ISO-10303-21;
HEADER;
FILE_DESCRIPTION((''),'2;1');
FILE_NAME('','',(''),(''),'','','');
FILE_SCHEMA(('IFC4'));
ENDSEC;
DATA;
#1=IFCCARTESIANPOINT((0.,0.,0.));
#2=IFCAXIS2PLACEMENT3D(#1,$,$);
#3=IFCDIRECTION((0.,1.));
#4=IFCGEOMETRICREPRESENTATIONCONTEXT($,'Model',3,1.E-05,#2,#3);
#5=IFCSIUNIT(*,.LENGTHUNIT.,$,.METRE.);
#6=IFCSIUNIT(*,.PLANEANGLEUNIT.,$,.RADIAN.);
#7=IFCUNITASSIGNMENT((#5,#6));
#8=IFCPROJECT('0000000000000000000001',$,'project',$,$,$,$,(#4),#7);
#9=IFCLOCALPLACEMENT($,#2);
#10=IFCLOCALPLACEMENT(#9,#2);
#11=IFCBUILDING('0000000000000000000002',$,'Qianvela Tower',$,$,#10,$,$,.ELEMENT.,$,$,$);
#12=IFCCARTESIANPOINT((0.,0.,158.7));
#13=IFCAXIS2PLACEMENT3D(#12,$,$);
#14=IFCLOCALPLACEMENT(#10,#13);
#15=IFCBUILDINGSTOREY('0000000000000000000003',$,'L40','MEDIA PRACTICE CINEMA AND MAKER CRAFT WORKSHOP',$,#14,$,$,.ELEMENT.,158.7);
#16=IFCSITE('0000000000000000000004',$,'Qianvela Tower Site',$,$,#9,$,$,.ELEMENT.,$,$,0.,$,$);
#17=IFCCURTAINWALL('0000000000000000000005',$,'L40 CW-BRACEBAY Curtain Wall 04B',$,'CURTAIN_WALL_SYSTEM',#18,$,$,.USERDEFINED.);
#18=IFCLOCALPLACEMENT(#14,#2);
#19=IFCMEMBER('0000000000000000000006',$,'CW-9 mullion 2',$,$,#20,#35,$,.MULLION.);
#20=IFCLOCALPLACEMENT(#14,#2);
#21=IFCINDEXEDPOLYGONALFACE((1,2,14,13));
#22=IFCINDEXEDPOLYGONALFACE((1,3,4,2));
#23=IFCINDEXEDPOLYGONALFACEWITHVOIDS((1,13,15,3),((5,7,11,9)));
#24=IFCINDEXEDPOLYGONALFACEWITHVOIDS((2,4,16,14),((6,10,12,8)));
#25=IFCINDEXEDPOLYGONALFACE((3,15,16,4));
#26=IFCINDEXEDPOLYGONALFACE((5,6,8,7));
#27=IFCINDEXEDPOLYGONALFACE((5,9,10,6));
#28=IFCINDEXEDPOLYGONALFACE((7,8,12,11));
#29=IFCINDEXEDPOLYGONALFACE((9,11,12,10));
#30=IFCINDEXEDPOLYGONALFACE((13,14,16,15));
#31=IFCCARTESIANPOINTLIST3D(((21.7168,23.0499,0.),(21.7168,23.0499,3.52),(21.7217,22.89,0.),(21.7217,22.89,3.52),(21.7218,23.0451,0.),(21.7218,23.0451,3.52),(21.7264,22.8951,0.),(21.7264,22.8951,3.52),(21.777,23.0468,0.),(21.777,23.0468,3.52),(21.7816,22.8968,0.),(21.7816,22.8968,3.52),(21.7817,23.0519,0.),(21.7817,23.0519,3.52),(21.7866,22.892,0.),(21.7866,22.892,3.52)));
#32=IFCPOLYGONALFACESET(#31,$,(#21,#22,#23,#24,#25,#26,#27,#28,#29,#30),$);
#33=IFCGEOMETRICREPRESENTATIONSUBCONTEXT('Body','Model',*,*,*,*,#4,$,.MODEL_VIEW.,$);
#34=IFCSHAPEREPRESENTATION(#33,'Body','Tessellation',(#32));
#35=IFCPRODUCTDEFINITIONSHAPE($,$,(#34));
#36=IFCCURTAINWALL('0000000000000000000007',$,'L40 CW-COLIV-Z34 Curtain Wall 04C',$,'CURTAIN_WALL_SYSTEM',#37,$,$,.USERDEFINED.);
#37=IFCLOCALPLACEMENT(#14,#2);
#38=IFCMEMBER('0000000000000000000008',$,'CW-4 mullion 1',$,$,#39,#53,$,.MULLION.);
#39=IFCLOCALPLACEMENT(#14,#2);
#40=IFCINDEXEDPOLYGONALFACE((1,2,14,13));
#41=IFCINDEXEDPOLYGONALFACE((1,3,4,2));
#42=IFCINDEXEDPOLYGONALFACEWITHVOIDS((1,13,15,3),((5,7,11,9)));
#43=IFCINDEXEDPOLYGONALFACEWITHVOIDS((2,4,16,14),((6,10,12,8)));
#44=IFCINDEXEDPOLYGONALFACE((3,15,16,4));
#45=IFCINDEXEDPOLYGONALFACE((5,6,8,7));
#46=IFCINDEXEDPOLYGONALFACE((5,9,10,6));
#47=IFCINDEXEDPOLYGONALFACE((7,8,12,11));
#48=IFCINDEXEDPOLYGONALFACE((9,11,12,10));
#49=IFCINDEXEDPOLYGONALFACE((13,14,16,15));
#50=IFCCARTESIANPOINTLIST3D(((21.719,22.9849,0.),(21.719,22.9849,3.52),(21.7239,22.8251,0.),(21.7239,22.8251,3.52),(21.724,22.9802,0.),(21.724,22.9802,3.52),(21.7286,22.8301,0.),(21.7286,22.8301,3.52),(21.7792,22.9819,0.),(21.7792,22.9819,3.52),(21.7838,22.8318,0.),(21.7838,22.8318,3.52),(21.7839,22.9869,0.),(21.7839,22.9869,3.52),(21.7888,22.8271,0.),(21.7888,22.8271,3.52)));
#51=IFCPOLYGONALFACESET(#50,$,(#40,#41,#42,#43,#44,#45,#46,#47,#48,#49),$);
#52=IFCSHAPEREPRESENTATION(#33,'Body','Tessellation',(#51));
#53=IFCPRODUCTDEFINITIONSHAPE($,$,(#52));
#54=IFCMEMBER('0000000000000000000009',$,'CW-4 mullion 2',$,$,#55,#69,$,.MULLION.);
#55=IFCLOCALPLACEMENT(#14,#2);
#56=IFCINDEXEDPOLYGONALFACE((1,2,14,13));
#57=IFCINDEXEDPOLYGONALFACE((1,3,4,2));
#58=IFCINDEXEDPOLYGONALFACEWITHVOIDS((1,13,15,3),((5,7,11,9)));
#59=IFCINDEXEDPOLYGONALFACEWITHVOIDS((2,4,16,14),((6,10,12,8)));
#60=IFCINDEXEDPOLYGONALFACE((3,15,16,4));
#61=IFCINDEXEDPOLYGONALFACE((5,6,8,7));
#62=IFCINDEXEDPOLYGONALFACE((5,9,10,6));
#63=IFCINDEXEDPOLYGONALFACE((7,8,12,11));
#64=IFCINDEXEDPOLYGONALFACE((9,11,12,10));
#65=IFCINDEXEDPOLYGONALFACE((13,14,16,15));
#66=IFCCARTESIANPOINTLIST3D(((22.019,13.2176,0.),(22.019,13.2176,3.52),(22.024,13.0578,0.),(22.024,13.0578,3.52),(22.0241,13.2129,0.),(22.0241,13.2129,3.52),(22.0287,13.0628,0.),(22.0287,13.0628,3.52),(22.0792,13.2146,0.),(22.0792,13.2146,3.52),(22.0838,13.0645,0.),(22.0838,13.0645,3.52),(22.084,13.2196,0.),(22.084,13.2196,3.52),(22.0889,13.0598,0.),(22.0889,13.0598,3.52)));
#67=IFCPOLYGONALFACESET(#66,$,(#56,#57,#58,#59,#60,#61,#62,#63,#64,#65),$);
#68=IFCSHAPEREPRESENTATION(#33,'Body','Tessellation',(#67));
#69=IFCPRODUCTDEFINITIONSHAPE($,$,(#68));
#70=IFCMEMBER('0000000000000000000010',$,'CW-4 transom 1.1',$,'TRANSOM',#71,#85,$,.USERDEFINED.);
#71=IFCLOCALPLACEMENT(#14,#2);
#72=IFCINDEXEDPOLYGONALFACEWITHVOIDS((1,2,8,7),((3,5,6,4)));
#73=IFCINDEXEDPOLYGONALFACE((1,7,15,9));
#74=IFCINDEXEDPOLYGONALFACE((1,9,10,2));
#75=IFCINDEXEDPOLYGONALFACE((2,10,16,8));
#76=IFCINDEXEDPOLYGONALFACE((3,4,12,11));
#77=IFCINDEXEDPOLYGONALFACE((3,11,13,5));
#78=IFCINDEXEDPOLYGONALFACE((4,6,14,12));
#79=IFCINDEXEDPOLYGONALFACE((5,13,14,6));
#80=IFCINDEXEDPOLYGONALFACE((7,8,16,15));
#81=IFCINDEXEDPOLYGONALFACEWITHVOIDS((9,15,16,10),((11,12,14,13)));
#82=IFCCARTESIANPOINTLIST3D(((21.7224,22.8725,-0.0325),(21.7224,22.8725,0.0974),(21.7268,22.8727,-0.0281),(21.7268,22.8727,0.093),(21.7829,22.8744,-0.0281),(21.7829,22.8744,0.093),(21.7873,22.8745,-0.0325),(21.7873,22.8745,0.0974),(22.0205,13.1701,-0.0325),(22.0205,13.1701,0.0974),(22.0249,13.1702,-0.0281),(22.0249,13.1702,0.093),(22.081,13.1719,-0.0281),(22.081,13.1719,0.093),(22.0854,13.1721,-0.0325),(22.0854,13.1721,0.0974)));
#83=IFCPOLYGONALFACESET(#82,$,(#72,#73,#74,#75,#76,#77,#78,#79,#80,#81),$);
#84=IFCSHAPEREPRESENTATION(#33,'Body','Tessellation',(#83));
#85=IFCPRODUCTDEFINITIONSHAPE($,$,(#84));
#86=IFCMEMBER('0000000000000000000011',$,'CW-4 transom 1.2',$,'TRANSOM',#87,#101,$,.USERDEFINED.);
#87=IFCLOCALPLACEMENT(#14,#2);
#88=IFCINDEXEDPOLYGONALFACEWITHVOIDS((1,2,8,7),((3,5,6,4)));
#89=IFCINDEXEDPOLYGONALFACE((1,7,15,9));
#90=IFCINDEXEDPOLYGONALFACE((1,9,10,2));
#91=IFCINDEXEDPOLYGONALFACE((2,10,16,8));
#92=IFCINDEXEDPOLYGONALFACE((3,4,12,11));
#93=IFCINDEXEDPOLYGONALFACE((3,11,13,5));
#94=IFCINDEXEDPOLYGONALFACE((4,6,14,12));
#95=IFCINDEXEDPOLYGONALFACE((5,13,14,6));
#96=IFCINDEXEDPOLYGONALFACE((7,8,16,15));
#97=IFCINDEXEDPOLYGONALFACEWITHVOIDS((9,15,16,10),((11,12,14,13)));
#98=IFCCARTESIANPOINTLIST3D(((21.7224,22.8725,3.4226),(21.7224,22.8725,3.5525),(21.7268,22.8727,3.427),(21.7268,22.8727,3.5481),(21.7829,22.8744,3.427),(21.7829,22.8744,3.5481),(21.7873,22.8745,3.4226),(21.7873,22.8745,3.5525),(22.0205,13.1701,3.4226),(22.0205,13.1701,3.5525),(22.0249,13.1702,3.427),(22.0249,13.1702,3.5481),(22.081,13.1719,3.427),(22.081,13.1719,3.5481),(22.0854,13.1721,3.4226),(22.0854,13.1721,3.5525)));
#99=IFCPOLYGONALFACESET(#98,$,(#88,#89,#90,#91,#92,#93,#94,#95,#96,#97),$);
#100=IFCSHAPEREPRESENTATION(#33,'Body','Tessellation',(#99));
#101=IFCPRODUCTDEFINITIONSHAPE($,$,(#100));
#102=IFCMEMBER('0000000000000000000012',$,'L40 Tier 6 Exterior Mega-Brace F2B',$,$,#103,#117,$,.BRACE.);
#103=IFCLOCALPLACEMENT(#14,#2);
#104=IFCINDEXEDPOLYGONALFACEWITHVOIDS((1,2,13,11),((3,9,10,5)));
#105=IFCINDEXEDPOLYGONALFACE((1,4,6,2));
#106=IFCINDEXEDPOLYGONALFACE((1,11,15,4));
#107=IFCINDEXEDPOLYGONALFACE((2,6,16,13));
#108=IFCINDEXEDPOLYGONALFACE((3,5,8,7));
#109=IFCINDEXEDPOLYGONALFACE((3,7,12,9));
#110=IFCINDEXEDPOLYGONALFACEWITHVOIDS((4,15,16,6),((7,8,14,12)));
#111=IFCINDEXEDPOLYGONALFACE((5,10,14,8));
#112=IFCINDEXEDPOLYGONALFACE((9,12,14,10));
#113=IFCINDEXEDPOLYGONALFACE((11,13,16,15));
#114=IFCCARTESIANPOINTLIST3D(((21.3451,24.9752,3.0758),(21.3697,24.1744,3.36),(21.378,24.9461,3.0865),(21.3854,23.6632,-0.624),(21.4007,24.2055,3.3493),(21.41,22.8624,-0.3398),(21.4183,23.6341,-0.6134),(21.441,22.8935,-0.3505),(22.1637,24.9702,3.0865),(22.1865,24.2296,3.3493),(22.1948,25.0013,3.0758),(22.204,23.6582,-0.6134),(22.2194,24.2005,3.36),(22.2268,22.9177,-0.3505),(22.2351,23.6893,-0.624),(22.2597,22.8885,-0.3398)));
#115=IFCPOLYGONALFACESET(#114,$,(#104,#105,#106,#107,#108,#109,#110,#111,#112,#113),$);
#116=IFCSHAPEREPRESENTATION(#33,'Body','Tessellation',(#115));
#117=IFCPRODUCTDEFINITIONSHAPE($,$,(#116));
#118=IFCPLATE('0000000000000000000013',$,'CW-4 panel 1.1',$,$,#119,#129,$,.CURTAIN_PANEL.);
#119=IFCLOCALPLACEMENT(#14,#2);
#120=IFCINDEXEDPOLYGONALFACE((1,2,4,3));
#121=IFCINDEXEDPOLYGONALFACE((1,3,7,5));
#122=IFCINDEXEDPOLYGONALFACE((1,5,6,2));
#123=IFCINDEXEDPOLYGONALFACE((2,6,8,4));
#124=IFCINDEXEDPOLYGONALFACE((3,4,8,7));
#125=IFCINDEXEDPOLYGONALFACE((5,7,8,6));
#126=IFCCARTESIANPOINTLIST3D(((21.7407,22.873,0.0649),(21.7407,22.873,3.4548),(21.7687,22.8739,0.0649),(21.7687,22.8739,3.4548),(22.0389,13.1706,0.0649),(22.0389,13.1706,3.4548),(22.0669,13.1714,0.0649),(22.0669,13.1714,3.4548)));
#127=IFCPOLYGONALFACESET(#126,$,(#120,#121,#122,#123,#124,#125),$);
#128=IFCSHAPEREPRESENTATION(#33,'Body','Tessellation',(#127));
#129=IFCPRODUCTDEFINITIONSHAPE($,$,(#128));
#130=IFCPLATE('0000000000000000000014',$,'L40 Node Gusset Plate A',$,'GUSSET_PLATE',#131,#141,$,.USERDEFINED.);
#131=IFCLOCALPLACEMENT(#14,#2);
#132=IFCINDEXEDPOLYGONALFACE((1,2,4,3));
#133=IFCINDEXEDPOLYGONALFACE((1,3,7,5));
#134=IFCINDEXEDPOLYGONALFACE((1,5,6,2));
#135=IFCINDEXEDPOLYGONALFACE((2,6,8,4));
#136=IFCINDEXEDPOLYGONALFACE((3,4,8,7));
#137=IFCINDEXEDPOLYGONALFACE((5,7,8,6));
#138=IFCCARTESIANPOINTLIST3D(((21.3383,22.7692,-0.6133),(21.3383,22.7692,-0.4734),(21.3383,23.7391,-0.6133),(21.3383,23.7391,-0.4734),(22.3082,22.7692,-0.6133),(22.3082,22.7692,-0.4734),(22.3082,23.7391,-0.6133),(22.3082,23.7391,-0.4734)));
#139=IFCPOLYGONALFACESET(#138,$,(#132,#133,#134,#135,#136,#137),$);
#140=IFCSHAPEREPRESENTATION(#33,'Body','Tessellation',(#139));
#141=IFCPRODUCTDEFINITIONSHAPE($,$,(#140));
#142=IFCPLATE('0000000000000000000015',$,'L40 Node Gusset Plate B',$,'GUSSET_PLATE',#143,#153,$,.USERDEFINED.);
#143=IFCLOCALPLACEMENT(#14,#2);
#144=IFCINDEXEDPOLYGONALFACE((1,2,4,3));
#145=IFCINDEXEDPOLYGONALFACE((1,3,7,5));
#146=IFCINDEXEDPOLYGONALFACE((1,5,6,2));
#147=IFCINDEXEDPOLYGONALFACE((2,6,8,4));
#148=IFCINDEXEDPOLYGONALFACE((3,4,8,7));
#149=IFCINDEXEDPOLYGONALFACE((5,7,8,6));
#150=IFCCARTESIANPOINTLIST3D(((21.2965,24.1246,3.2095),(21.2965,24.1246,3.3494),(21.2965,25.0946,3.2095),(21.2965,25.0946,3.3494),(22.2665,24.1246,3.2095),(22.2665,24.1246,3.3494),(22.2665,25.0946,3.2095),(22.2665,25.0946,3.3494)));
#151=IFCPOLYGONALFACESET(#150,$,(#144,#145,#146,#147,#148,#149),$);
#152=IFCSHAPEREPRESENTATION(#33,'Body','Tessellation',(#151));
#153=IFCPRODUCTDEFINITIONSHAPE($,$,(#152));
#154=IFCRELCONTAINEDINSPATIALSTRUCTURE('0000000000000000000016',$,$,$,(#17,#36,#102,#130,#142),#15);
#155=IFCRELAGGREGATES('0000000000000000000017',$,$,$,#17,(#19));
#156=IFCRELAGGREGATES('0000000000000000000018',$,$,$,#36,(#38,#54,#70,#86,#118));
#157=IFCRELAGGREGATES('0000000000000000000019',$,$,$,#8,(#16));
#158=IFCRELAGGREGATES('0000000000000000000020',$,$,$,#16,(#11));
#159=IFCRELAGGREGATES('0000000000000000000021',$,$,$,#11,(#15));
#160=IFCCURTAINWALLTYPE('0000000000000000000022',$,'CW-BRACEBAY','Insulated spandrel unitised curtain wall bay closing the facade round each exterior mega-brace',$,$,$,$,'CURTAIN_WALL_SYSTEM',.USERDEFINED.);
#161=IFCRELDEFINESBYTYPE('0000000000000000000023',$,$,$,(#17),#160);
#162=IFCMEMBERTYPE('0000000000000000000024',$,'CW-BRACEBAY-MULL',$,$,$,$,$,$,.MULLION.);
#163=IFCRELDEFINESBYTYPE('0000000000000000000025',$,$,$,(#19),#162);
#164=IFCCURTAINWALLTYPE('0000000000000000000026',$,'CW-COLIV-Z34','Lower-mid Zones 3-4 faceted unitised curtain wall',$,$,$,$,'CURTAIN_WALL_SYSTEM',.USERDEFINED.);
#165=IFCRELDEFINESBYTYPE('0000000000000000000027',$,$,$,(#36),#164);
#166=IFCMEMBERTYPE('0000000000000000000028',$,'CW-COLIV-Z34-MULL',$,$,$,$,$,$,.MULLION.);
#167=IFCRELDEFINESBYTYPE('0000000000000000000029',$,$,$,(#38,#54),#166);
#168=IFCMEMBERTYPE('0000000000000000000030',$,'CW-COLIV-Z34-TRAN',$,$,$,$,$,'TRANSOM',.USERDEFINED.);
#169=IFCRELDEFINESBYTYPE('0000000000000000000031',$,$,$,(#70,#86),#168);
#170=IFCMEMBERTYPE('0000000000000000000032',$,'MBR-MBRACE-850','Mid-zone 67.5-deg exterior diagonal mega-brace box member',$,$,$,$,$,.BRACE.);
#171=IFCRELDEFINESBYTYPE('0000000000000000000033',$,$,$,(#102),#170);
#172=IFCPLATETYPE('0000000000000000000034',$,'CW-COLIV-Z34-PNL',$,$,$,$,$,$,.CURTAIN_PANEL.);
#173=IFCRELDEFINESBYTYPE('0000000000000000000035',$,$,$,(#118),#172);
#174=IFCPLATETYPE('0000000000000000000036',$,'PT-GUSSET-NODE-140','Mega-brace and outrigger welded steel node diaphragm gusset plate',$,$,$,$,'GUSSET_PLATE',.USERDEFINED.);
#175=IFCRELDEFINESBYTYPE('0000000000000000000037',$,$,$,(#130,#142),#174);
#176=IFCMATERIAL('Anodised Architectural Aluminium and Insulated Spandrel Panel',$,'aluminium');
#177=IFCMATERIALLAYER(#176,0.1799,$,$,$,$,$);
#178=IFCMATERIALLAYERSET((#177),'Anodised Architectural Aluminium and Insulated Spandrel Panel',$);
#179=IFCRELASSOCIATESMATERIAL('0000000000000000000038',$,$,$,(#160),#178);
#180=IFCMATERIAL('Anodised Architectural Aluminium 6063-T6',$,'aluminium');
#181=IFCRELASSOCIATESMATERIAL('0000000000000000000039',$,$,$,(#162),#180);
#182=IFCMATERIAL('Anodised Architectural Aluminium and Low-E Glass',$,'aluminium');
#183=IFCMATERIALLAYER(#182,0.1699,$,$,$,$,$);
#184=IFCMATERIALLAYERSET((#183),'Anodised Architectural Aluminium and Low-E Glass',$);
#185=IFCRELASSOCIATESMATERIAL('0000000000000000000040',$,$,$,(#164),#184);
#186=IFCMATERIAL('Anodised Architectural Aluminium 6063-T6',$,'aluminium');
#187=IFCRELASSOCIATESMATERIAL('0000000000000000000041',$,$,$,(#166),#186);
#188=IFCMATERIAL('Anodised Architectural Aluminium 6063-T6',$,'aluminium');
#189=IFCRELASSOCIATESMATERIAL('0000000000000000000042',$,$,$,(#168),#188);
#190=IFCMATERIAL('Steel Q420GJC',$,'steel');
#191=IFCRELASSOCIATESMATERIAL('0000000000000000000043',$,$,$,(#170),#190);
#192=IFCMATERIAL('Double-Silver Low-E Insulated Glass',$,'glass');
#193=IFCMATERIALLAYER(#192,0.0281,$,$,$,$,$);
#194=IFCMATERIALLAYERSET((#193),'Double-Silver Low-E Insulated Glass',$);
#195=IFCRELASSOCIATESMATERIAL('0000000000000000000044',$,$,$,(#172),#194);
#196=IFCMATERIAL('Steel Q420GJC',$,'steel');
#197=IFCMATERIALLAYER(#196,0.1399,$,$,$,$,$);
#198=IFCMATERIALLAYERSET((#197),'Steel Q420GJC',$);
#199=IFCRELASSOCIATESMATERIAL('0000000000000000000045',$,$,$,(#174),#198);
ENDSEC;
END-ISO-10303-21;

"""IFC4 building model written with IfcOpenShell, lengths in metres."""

from ifc_helpers import new_model, si_unit, direction, frame, origin, origin_2d, place, context, subcontext, project, spatial, rectangle, hollow_rectangle, extrude, material, layer, layer_set, material_profile, profile_set, type_object, element, aggregate, save


model = new_model("IFC4")

# Units and contexts
model_context = context("Model", 3, precision=1e-05, world=origin(), true_north=direction((0.0, 1.0)))
body_context = subcontext(model_context, "Body", "Model", "MODEL_VIEW")
ifc_project = project(units=[si_unit("LENGTHUNIT", "METRE"), si_unit("PLANEANGLEUNIT", "RADIAN")], contexts=[model_context])

# Site, building, storey
site_placement = place(None, origin())
site = spatial("IfcSite", under=ifc_project, at=site_placement, Name="Qianvela Tower Site", CompositionType="ELEMENT", RefElevation=0.0)
building_placement = place(site_placement, origin())
building = spatial("IfcBuilding", under=site, at=building_placement, Name="Qianvela Tower", CompositionType="ELEMENT")
storey_placement = place(building_placement, frame((0.0, 0.0, 158.7)))
storey = spatial("IfcBuildingStorey", under=building, at=storey_placement, Name="L40", Description="MEDIA PRACTICE CINEMA AND MAKER CRAFT WORKSHOP", CompositionType="ELEMENT", Elevation=158.7)

# Curtain wall, member
ifc_material_1 = material(Name="Anodised Architectural Aluminium and Insulated Spandrel Panel", Category="aluminium")
ifc_layer_1 = layer(ifc_material_1, 0.1799)
ifc_layer_set_1 = layer_set([ifc_layer_1], Name="Anodised Architectural Aluminium and Insulated Spandrel Panel")
curtain_wall_type_1 = type_object("IfcCurtainWallType", Name="CW-BRACEBAY", Description="Insulated spandrel unitised curtain wall bay closing the facade round each exterior mega-brace", ElementType="CURTAIN_WALL_SYSTEM", PredefinedType="USERDEFINED", material=ifc_layer_set_1)
curtain_wall_1_placement = place(storey_placement, origin())
curtain_wall_1 = element("IfcCurtainWall", 1, at=curtain_wall_1_placement, inside=storey, type_object=curtain_wall_type_1, Name="L40 CW-BRACEBAY Curtain Wall 04B", ObjectType="CURTAIN_WALL_SYSTEM", PredefinedType="USERDEFINED")
ifc_material_2 = material(Name="Anodised Architectural Aluminium 6063-T6", Category="aluminium")
ifc_material_profile_1 = material_profile(ifc_material_2, hollow_rectangle(XDim=0.0649, YDim=0.1599, WallThickness=0.0049, at=origin_2d()), Name="ALU-MULL-65x160")
ifc_profile_set_1 = profile_set([ifc_material_profile_1], Name="Anodised Architectural Aluminium 6063-T6")
member_type_1 = type_object("IfcMemberType", Name="CW-BRACEBAY-MULL", PredefinedType="MULLION", material=ifc_profile_set_1)
member_1_placement = place(storey_placement, frame((21.7517, 22.9709, 0.0), z_axis=(0.0, 0.0, 1.0), x_axis=(0.999529, 0.030699, 0.0)))
member_1 = element("IfcMember", 2, at=member_1_placement, type_object=member_type_1, Name="CW-9 mullion 2", PredefinedType="MULLION", context=body_context, shape_type="SweptSolid", body=[
    extrude(hollow_rectangle(XDim=0.0649, YDim=0.1599, WallThickness=0.0049, at=origin_2d()), origin(), (0.0, 0.0, 1.0), 3.52),
])
aggregate(curtain_wall_1, [member_1])

# Curtain wall, members
ifc_material_3 = material(Name="Anodised Architectural Aluminium and Low-E Glass", Category="aluminium")
ifc_layer_2 = layer(ifc_material_3, 0.1699)
ifc_layer_set_2 = layer_set([ifc_layer_2], Name="Anodised Architectural Aluminium and Low-E Glass")
curtain_wall_type_2 = type_object("IfcCurtainWallType", Name="CW-COLIV-Z34", Description="Lower-mid Zones 3-4 faceted unitised curtain wall", ElementType="CURTAIN_WALL_SYSTEM", PredefinedType="USERDEFINED", material=ifc_layer_set_2)
curtain_wall_2_placement = place(storey_placement, origin())
curtain_wall_2 = element("IfcCurtainWall", 3, at=curtain_wall_2_placement, inside=storey, type_object=curtain_wall_type_2, Name="L40 CW-COLIV-Z34 Curtain Wall 04C", ObjectType="CURTAIN_WALL_SYSTEM", PredefinedType="USERDEFINED")
ifc_material_4 = material(Name="Anodised Architectural Aluminium 6063-T6", Category="aluminium")
ifc_material_profile_2 = material_profile(ifc_material_4, hollow_rectangle(XDim=0.0649, YDim=0.1599, WallThickness=0.0049, at=origin_2d()), Name="ALU-MULL-65x160")
ifc_profile_set_2 = profile_set([ifc_material_profile_2], Name="Anodised Architectural Aluminium 6063-T6")
member_type_2 = type_object("IfcMemberType", Name="CW-COLIV-Z34-MULL", PredefinedType="MULLION", material=ifc_profile_set_2)
member_2_placement = place(storey_placement, frame((21.7539, 22.906, 0.0), z_axis=(0.0, 0.0, 1.0), x_axis=(0.999528, 0.030721, 0.0)))
member_2 = element("IfcMember", 4, at=member_2_placement, type_object=member_type_2, Name="CW-4 mullion 1", PredefinedType="MULLION", context=body_context, shape_type="SweptSolid", body=[
    extrude(hollow_rectangle(XDim=0.0649, YDim=0.1599, WallThickness=0.0049, at=origin_2d()), origin(), (0.0, 0.0, 1.0), 3.52),
])
member_3_placement = place(storey_placement, frame((22.054, 13.1387, 0.0), z_axis=(0.0, 0.0, 1.0), x_axis=(0.999528, 0.030721, 0.0)))
member_3 = element("IfcMember", 5, at=member_3_placement, type_object=member_type_2, Name="CW-4 mullion 2", PredefinedType="MULLION", context=body_context, shape_type="SweptSolid", body=[
    extrude(hollow_rectangle(XDim=0.0649, YDim=0.1599, WallThickness=0.0049, at=origin_2d()), origin(), (0.0, 0.0, 1.0), 3.52),
])
ifc_material_5 = material(Name="Anodised Architectural Aluminium 6063-T6", Category="aluminium")
ifc_material_profile_3 = material_profile(ifc_material_5, hollow_rectangle(XDim=0.0649, YDim=0.1299, WallThickness=0.0044, at=origin_2d()), Name="ALU-TRAN-65x130")
ifc_profile_set_3 = profile_set([ifc_material_profile_3], Name="Anodised Architectural Aluminium 6063-T6")
member_type_3 = type_object("IfcMemberType", Name="CW-COLIV-Z34-TRAN", ElementType="TRANSOM", PredefinedType="USERDEFINED", material=ifc_profile_set_3)
member_4_placement = place(storey_placement, frame((21.7549, 22.8735, 0.0325), z_axis=(0.030709, -0.999528, 0.0), x_axis=(0.999528, 0.030709, 0.0)))
member_4 = element("IfcMember", 6, at=member_4_placement, type_object=member_type_3, Name="CW-4 transom 1.1", ObjectType="TRANSOM", PredefinedType="USERDEFINED", context=body_context, shape_type="SweptSolid", body=[
    extrude(hollow_rectangle(XDim=0.0649, YDim=0.1299, WallThickness=0.0044, at=origin_2d()), origin(), (0.0, 0.0, 1.0), 9.707),
])
member_5_placement = place(storey_placement, frame((21.7549, 22.8735, 3.4875), z_axis=(0.030709, -0.999528, 0.0), x_axis=(0.999528, 0.030709, 0.0)))
member_5 = element("IfcMember", 7, at=member_5_placement, type_object=member_type_3, Name="CW-4 transom 1.2", ObjectType="TRANSOM", PredefinedType="USERDEFINED", context=body_context, shape_type="SweptSolid", body=[
    extrude(hollow_rectangle(XDim=0.0649, YDim=0.1299, WallThickness=0.0044, at=origin_2d()), origin(), (0.0, 0.0, 1.0), 9.707),
])

# Member
ifc_material_6 = material(Name="Steel Q420GJC", Category="steel")
ifc_material_profile_4 = material_profile(ifc_material_6, hollow_rectangle(XDim=0.8501, YDim=0.8501, WallThickness=0.032, at=origin_2d()), Name="MBOX-850x850x32")
ifc_profile_set_4 = profile_set([ifc_material_profile_4], Name="Steel Q420GJC")
member_type_4 = type_object("IfcMemberType", Name="MBR-MBRACE-850", Description="Mid-zone 67.5-deg exterior diagonal mega-brace box member", PredefinedType="BRACE", material=ifc_profile_set_4)
member_6_placement = place(storey_placement, frame((21.8225, 23.2759, -0.4819), z_axis=(-0.010261, 0.334194, 0.942448), x_axis=(-0.999529, -0.030689, 0.0)))
element("IfcMember", 8, at=member_6_placement, inside=storey, type_object=member_type_4, Name="L40 Tier 6 Exterior Mega-Brace F2B", PredefinedType="BRACE", context=body_context, shape_type="SweptSolid", body=[
    extrude(hollow_rectangle(XDim=0.8501, YDim=0.8501, WallThickness=0.032, at=origin_2d()), origin(), (0.0, 0.0, 1.0), 3.9258),
])

# Plate
ifc_material_7 = material(Name="Double-Silver Low-E Insulated Glass", Category="glass")
ifc_layer_3 = layer(ifc_material_7, 0.0281)
ifc_layer_set_3 = layer_set([ifc_layer_3], Name="Double-Silver Low-E Insulated Glass")
plate_type_1 = type_object("IfcPlateType", Name="CW-COLIV-Z34-PNL", PredefinedType="CURTAIN_PANEL", material=ifc_layer_set_3)
plate_1_placement = place(storey_placement, frame((21.9038, 18.0222, 0.0649), z_axis=(0.0, 0.0, 1.0), x_axis=(0.030721, -0.999528, 0.0)))
plate_1 = element("IfcPlate", 9, at=plate_1_placement, type_object=plate_type_1, Name="CW-4 panel 1.1", PredefinedType="CURTAIN_PANEL", context=body_context, shape_type="SweptSolid", body=[
    extrude(rectangle(XDim=9.707, YDim=0.0281, at=origin_2d()), origin(), (0.0, 0.0, 1.0), 3.3899),
])
aggregate(curtain_wall_2, [member_2, member_3, member_4, member_5, plate_1])

# Plates
ifc_material_8 = material(Name="Steel Q420GJC", Category="steel")
ifc_layer_4 = layer(ifc_material_8, 0.1399)
ifc_layer_set_4 = layer_set([ifc_layer_4], Name="Steel Q420GJC")
plate_type_2 = type_object("IfcPlateType", Name="PT-GUSSET-NODE-140", Description="Mega-brace and outrigger welded steel node diaphragm gusset plate", ElementType="GUSSET_PLATE", PredefinedType="USERDEFINED", material=ifc_layer_set_4)
for number, where, z_axis, x_axis, name in (
    (10, (21.8232, 23.2542, -0.6133), (0.0, 0.0, 1.0), (1.0, 0.0, 0.0), "L40 Node Gusset Plate A"),
    (11, (21.7815, 24.6096, 3.2095), (0.0, 0.0, 1.0), (1.0, 0.0, 0.0), "L40 Node Gusset Plate B"),
):
    element("IfcPlate", number, at=place(storey_placement, frame(where, z_axis=z_axis, x_axis=x_axis)), inside=storey, type_object=plate_type_2, Name=name, ObjectType="GUSSET_PLATE", PredefinedType="USERDEFINED", context=body_context, shape_type="SweptSolid", body=[
        extrude(rectangle(XDim=0.97, YDim=0.97, at=origin_2d()), origin(), (0.0, 0.0, 1.0), 0.1399),
    ])

save(model, "model.ifc")
